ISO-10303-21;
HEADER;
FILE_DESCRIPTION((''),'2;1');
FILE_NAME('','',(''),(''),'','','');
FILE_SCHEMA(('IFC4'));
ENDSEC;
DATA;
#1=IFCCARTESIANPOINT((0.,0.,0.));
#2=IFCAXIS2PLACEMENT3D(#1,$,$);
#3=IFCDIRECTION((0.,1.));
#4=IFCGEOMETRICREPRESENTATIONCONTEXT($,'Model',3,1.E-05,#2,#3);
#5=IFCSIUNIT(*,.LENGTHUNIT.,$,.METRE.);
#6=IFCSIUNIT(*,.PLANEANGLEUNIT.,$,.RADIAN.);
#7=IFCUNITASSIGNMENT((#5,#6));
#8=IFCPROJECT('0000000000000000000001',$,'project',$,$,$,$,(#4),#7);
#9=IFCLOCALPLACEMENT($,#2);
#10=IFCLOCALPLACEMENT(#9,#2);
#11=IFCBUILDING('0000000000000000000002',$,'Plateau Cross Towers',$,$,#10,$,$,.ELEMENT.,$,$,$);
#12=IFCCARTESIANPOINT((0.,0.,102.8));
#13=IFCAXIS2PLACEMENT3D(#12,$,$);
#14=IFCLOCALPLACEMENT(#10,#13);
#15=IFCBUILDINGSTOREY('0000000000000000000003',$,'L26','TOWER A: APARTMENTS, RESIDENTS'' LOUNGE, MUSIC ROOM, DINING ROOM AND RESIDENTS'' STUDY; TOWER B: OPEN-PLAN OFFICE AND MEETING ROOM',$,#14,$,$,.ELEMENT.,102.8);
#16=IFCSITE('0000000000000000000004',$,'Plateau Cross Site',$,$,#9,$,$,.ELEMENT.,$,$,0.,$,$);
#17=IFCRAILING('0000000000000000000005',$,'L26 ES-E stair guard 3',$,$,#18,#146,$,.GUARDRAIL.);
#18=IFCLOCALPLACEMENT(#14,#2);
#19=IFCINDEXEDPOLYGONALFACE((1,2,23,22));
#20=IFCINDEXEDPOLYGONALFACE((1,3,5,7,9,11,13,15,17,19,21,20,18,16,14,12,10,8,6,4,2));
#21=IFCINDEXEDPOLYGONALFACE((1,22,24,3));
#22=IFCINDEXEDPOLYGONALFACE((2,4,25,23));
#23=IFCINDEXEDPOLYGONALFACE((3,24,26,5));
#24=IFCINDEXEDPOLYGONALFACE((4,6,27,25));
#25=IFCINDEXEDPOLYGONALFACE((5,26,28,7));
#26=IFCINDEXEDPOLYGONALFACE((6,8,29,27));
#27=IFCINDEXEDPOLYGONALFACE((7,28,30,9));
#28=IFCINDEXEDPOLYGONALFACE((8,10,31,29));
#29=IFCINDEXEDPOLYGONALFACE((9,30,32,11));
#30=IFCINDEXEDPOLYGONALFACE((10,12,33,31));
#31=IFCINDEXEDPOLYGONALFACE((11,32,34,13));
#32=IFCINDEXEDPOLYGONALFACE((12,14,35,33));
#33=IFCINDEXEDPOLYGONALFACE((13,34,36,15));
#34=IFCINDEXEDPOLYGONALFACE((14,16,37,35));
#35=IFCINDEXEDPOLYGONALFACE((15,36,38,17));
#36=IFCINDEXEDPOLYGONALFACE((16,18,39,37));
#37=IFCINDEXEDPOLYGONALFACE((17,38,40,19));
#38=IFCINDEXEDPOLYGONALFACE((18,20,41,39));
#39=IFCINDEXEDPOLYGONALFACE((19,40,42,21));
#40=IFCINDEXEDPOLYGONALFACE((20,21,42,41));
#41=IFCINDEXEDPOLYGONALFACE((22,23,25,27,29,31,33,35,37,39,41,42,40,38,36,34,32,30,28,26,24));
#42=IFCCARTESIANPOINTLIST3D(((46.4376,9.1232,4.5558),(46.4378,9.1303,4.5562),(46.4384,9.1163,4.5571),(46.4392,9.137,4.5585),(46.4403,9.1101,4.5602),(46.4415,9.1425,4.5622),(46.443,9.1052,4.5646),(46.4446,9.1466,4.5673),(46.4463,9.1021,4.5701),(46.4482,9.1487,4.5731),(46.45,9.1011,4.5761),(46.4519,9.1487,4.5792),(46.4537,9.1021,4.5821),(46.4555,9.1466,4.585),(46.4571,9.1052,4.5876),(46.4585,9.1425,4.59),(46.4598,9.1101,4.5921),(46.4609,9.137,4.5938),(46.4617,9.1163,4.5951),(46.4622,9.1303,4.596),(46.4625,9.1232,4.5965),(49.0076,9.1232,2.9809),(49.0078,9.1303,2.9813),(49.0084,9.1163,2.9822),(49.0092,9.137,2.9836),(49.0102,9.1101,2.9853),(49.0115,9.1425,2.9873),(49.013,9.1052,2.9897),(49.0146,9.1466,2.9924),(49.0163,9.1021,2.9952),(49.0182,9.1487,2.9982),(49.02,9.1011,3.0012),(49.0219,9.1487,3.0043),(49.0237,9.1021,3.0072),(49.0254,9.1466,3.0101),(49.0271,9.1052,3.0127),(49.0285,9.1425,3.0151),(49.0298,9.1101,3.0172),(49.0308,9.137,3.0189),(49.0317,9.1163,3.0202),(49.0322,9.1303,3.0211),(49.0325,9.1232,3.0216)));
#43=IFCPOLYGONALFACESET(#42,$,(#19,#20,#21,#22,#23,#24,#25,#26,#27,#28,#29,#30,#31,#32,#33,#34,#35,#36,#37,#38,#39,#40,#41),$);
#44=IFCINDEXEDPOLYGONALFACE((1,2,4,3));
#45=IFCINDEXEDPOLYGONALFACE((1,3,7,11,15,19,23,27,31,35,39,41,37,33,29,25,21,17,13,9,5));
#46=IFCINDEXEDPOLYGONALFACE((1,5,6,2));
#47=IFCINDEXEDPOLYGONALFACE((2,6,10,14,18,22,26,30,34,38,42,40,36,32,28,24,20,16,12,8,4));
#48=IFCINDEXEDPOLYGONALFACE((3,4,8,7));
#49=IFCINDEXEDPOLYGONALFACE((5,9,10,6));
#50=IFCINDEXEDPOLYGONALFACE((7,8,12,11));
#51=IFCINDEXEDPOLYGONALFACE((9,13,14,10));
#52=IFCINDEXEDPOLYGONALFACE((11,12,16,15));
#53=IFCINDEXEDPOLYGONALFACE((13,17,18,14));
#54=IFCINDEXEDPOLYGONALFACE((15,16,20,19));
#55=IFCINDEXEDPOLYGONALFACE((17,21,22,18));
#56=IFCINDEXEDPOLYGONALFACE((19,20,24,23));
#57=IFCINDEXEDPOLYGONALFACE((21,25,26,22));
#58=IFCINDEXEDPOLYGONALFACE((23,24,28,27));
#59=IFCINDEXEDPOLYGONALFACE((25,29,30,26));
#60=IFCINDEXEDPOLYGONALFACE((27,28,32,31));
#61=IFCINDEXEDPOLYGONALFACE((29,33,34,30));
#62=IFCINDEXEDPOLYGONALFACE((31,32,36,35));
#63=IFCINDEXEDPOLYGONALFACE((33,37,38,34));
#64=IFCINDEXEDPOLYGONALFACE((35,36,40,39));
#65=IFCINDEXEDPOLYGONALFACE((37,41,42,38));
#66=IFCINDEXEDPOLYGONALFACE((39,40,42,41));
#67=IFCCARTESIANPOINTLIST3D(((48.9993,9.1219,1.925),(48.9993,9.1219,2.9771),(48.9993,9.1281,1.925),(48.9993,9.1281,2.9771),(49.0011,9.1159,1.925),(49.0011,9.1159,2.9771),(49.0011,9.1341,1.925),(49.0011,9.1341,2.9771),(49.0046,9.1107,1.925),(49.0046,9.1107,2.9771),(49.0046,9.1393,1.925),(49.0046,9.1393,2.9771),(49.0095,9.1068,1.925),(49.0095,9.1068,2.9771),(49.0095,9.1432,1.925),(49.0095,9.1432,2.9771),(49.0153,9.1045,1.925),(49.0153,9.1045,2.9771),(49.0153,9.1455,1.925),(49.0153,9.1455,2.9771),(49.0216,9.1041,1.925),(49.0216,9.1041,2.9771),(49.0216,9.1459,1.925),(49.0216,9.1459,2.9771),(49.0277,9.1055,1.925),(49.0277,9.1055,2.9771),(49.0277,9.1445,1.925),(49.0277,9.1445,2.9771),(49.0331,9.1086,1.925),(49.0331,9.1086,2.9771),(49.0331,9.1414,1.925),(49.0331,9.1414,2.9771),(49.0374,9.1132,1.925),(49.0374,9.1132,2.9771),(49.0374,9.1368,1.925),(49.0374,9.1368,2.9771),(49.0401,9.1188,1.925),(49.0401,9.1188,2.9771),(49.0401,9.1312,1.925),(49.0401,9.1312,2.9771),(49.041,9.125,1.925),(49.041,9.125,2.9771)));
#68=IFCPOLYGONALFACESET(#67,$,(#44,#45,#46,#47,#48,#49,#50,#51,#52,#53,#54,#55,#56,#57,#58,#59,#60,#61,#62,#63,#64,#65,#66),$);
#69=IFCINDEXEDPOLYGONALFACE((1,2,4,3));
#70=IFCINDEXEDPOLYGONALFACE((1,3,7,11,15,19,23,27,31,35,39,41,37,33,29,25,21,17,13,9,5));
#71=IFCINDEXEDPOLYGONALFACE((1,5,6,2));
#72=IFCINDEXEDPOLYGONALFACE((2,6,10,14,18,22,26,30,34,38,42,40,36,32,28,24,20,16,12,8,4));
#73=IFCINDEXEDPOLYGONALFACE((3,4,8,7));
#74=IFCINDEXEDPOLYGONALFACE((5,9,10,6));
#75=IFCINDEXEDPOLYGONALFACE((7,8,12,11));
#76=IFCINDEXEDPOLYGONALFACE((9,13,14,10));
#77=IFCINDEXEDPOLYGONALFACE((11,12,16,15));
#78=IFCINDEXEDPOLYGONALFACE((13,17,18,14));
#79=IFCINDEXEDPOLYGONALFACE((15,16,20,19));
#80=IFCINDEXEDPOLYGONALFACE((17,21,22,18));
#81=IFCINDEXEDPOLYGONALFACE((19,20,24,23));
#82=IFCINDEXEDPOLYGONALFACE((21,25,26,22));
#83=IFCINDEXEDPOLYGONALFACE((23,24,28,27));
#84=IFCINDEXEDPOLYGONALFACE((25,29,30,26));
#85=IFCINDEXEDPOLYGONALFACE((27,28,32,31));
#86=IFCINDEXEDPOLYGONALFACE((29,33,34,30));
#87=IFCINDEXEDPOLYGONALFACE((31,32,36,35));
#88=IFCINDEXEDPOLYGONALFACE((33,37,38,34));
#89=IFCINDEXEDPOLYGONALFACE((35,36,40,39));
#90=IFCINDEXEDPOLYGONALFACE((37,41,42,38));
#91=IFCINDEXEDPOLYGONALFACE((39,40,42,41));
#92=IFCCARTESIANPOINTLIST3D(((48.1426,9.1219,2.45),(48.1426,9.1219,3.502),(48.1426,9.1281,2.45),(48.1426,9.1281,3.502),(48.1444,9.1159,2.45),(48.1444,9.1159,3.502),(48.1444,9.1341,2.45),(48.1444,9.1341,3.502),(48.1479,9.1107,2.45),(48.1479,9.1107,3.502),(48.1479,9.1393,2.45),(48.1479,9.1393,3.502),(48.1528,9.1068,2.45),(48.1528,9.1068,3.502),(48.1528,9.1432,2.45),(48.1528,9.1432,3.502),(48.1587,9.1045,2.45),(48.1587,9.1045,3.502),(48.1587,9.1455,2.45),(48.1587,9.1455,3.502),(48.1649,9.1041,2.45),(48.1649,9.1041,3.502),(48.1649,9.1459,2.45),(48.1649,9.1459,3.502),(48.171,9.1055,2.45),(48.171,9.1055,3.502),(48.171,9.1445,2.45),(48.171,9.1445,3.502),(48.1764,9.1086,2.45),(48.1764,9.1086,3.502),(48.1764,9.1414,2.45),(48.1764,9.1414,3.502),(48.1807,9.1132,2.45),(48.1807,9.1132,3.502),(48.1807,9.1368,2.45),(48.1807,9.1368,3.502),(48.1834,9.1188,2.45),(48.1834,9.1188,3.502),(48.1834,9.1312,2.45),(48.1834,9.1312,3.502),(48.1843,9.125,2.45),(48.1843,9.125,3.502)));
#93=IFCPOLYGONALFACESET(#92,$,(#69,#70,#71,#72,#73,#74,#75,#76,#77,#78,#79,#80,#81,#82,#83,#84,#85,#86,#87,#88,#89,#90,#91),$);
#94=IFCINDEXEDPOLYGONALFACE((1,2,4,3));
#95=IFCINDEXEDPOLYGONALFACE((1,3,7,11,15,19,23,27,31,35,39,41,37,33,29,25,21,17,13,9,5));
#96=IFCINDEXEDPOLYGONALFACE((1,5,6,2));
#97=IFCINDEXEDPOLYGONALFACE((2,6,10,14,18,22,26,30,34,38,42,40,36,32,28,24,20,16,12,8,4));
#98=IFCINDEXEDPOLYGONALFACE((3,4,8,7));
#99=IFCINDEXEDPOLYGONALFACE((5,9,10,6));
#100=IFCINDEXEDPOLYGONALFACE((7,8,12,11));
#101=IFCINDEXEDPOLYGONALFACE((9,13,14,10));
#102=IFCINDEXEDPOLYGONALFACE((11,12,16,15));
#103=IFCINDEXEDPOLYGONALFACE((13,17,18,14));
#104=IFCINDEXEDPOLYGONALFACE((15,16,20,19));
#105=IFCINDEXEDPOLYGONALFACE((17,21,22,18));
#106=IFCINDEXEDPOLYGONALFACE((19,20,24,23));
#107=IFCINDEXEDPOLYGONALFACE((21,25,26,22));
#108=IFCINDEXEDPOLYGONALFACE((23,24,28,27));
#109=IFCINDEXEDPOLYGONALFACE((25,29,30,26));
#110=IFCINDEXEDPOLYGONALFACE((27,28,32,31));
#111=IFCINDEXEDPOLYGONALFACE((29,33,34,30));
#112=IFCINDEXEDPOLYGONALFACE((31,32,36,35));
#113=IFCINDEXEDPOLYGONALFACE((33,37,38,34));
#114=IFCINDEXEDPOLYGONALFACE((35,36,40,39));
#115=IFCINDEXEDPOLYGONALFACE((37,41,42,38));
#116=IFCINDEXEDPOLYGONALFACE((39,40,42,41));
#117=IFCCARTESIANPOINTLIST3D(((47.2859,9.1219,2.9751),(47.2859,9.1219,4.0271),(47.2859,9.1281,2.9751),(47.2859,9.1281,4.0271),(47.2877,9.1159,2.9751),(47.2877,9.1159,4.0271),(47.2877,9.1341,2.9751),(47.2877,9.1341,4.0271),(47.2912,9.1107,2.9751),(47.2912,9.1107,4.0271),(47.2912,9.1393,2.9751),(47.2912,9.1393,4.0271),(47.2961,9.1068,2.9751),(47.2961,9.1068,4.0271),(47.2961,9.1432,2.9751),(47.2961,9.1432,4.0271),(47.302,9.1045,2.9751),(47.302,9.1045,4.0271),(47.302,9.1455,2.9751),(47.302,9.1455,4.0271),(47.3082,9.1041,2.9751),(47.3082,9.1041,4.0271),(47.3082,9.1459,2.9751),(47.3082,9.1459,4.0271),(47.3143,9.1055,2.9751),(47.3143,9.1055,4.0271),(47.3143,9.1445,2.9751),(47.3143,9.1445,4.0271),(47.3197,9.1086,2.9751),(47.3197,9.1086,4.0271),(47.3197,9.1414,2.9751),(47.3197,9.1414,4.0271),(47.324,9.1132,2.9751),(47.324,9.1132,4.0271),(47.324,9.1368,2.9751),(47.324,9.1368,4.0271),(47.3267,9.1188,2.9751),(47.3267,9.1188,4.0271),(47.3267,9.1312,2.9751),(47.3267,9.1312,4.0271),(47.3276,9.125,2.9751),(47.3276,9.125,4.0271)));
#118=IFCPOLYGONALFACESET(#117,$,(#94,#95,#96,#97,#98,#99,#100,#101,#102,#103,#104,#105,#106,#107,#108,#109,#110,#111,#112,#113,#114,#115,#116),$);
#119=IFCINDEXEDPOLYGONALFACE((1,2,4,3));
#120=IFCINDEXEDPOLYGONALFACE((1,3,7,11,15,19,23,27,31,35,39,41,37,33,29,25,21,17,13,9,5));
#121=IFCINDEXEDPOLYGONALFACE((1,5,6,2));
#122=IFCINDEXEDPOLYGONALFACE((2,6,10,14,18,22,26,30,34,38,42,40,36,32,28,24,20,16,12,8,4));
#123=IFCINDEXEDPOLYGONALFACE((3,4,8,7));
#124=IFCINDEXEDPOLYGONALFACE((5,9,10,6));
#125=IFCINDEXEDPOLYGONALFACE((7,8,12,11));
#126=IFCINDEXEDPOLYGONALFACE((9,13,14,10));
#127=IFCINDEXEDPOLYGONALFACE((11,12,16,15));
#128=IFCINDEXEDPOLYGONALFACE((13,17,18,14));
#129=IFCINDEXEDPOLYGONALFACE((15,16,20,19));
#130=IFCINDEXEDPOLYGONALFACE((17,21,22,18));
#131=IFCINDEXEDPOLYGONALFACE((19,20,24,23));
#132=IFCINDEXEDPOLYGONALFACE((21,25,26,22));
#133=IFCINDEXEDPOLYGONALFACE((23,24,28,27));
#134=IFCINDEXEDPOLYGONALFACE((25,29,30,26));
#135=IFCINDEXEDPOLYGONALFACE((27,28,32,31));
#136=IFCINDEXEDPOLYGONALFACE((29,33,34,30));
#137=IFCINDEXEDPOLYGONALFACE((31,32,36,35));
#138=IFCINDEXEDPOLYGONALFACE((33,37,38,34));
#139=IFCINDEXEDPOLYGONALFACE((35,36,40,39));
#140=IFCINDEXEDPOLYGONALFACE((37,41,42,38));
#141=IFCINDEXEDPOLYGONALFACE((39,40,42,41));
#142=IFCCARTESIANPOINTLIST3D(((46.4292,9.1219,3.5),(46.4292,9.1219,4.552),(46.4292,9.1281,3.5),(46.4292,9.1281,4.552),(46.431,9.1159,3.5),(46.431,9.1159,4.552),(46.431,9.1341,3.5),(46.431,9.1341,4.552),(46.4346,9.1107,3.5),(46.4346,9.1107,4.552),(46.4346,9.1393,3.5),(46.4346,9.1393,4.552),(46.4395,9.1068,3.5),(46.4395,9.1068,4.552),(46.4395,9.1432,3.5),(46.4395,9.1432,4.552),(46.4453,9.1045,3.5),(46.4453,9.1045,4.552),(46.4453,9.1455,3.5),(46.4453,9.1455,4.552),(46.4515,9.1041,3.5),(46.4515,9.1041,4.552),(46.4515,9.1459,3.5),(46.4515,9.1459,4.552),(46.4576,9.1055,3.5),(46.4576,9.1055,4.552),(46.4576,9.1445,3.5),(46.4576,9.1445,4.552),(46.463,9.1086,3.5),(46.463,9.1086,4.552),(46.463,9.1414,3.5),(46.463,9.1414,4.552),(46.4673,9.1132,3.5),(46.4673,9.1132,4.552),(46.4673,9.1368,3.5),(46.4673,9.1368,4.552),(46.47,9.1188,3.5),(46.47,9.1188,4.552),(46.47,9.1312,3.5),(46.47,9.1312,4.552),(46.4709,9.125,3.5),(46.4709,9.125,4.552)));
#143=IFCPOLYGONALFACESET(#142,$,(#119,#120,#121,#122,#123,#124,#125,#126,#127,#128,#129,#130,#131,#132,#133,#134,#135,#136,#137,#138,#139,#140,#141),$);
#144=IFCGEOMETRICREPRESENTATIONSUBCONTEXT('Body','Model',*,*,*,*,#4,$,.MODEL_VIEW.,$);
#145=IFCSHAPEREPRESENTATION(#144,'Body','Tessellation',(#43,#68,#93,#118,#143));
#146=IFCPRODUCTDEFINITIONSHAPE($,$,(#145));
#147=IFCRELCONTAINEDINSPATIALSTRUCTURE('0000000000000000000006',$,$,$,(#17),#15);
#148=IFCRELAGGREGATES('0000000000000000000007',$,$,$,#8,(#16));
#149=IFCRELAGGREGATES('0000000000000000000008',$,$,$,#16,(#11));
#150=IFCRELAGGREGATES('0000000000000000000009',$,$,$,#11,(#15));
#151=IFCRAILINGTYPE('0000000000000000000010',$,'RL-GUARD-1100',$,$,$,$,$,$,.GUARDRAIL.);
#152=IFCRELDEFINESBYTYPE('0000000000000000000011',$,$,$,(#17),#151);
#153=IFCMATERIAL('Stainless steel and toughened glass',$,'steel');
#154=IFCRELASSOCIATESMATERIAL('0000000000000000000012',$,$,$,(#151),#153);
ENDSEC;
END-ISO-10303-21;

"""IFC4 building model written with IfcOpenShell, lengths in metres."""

from ifc_helpers import new_model, si_unit, direction, frame, origin, origin_2d, place, context, subcontext, project, spatial, circle, extrude, material, type_object, element, save


model = new_model("IFC4")

# Units and contexts
model_context = context("Model", 3, precision=1e-05, world=origin(), true_north=direction((0.0, 1.0)))
body_context = subcontext(model_context, "Body", "Model", "MODEL_VIEW")
ifc_project = project(units=[si_unit("LENGTHUNIT", "METRE"), si_unit("PLANEANGLEUNIT", "RADIAN")], contexts=[model_context])

# Site, building, storey
site_placement = place(None, origin())
site = spatial("IfcSite", under=ifc_project, at=site_placement, Name="Plateau Cross Site", CompositionType="ELEMENT", RefElevation=0.0)
building_placement = place(site_placement, origin())
building = spatial("IfcBuilding", under=site, at=building_placement, Name="Plateau Cross Towers", CompositionType="ELEMENT")
storey_placement = place(building_placement, frame((0.0, 0.0, 102.8)))
storey = spatial("IfcBuildingStorey", under=building, at=storey_placement, Name="L26", Description="TOWER A: APARTMENTS, RESIDENTS' LOUNGE, MUSIC ROOM, DINING ROOM AND RESIDENTS' STUDY; TOWER B: OPEN-PLAN OFFICE AND MEETING ROOM", CompositionType="ELEMENT", Elevation=102.8)

# Railing
ifc_material_1 = material(Name="Stainless steel and toughened glass", Category="steel")
railing_type_1 = type_object("IfcRailingType", Name="RL-GUARD-1100", PredefinedType="GUARDRAIL", material=ifc_material_1)
railing_1_placement = place(storey_placement, frame((49.02, 9.125, 1.925)))
element("IfcRailing", 1, at=railing_1_placement, inside=storey, type_object=railing_type_1, Name="L26 ES-E stair guard 3", PredefinedType="GUARDRAIL", context=body_context, shape_type="SweptSolid", body=[
    extrude(circle(Radius=0.0239, at=origin_2d()), frame((0.0, 0.0, 1.0762), z_axis=(-0.852639, 0.0, 0.522501), x_axis=(0.0, -1.0, 0.0)), (0.0, 0.0, 1.0), 3.0142),
    extrude(circle(Radius=0.021, at=origin_2d()), origin(), (0.0, 0.0, 1.0), 1.052),
    extrude(circle(Radius=0.021, at=origin_2d()), frame((-0.8567, 0.0, 0.5249)), (0.0, 0.0, 1.0), 1.052),
    extrude(circle(Radius=0.021, at=origin_2d()), frame((-1.7134, 0.0, 1.05)), (0.0, 0.0, 1.0), 1.052),
    extrude(circle(Radius=0.021, at=origin_2d()), frame((-2.5701, 0.0, 1.575)), (0.0, 0.0, 1.0), 1.052),
])

save(model, "model.ifc")
